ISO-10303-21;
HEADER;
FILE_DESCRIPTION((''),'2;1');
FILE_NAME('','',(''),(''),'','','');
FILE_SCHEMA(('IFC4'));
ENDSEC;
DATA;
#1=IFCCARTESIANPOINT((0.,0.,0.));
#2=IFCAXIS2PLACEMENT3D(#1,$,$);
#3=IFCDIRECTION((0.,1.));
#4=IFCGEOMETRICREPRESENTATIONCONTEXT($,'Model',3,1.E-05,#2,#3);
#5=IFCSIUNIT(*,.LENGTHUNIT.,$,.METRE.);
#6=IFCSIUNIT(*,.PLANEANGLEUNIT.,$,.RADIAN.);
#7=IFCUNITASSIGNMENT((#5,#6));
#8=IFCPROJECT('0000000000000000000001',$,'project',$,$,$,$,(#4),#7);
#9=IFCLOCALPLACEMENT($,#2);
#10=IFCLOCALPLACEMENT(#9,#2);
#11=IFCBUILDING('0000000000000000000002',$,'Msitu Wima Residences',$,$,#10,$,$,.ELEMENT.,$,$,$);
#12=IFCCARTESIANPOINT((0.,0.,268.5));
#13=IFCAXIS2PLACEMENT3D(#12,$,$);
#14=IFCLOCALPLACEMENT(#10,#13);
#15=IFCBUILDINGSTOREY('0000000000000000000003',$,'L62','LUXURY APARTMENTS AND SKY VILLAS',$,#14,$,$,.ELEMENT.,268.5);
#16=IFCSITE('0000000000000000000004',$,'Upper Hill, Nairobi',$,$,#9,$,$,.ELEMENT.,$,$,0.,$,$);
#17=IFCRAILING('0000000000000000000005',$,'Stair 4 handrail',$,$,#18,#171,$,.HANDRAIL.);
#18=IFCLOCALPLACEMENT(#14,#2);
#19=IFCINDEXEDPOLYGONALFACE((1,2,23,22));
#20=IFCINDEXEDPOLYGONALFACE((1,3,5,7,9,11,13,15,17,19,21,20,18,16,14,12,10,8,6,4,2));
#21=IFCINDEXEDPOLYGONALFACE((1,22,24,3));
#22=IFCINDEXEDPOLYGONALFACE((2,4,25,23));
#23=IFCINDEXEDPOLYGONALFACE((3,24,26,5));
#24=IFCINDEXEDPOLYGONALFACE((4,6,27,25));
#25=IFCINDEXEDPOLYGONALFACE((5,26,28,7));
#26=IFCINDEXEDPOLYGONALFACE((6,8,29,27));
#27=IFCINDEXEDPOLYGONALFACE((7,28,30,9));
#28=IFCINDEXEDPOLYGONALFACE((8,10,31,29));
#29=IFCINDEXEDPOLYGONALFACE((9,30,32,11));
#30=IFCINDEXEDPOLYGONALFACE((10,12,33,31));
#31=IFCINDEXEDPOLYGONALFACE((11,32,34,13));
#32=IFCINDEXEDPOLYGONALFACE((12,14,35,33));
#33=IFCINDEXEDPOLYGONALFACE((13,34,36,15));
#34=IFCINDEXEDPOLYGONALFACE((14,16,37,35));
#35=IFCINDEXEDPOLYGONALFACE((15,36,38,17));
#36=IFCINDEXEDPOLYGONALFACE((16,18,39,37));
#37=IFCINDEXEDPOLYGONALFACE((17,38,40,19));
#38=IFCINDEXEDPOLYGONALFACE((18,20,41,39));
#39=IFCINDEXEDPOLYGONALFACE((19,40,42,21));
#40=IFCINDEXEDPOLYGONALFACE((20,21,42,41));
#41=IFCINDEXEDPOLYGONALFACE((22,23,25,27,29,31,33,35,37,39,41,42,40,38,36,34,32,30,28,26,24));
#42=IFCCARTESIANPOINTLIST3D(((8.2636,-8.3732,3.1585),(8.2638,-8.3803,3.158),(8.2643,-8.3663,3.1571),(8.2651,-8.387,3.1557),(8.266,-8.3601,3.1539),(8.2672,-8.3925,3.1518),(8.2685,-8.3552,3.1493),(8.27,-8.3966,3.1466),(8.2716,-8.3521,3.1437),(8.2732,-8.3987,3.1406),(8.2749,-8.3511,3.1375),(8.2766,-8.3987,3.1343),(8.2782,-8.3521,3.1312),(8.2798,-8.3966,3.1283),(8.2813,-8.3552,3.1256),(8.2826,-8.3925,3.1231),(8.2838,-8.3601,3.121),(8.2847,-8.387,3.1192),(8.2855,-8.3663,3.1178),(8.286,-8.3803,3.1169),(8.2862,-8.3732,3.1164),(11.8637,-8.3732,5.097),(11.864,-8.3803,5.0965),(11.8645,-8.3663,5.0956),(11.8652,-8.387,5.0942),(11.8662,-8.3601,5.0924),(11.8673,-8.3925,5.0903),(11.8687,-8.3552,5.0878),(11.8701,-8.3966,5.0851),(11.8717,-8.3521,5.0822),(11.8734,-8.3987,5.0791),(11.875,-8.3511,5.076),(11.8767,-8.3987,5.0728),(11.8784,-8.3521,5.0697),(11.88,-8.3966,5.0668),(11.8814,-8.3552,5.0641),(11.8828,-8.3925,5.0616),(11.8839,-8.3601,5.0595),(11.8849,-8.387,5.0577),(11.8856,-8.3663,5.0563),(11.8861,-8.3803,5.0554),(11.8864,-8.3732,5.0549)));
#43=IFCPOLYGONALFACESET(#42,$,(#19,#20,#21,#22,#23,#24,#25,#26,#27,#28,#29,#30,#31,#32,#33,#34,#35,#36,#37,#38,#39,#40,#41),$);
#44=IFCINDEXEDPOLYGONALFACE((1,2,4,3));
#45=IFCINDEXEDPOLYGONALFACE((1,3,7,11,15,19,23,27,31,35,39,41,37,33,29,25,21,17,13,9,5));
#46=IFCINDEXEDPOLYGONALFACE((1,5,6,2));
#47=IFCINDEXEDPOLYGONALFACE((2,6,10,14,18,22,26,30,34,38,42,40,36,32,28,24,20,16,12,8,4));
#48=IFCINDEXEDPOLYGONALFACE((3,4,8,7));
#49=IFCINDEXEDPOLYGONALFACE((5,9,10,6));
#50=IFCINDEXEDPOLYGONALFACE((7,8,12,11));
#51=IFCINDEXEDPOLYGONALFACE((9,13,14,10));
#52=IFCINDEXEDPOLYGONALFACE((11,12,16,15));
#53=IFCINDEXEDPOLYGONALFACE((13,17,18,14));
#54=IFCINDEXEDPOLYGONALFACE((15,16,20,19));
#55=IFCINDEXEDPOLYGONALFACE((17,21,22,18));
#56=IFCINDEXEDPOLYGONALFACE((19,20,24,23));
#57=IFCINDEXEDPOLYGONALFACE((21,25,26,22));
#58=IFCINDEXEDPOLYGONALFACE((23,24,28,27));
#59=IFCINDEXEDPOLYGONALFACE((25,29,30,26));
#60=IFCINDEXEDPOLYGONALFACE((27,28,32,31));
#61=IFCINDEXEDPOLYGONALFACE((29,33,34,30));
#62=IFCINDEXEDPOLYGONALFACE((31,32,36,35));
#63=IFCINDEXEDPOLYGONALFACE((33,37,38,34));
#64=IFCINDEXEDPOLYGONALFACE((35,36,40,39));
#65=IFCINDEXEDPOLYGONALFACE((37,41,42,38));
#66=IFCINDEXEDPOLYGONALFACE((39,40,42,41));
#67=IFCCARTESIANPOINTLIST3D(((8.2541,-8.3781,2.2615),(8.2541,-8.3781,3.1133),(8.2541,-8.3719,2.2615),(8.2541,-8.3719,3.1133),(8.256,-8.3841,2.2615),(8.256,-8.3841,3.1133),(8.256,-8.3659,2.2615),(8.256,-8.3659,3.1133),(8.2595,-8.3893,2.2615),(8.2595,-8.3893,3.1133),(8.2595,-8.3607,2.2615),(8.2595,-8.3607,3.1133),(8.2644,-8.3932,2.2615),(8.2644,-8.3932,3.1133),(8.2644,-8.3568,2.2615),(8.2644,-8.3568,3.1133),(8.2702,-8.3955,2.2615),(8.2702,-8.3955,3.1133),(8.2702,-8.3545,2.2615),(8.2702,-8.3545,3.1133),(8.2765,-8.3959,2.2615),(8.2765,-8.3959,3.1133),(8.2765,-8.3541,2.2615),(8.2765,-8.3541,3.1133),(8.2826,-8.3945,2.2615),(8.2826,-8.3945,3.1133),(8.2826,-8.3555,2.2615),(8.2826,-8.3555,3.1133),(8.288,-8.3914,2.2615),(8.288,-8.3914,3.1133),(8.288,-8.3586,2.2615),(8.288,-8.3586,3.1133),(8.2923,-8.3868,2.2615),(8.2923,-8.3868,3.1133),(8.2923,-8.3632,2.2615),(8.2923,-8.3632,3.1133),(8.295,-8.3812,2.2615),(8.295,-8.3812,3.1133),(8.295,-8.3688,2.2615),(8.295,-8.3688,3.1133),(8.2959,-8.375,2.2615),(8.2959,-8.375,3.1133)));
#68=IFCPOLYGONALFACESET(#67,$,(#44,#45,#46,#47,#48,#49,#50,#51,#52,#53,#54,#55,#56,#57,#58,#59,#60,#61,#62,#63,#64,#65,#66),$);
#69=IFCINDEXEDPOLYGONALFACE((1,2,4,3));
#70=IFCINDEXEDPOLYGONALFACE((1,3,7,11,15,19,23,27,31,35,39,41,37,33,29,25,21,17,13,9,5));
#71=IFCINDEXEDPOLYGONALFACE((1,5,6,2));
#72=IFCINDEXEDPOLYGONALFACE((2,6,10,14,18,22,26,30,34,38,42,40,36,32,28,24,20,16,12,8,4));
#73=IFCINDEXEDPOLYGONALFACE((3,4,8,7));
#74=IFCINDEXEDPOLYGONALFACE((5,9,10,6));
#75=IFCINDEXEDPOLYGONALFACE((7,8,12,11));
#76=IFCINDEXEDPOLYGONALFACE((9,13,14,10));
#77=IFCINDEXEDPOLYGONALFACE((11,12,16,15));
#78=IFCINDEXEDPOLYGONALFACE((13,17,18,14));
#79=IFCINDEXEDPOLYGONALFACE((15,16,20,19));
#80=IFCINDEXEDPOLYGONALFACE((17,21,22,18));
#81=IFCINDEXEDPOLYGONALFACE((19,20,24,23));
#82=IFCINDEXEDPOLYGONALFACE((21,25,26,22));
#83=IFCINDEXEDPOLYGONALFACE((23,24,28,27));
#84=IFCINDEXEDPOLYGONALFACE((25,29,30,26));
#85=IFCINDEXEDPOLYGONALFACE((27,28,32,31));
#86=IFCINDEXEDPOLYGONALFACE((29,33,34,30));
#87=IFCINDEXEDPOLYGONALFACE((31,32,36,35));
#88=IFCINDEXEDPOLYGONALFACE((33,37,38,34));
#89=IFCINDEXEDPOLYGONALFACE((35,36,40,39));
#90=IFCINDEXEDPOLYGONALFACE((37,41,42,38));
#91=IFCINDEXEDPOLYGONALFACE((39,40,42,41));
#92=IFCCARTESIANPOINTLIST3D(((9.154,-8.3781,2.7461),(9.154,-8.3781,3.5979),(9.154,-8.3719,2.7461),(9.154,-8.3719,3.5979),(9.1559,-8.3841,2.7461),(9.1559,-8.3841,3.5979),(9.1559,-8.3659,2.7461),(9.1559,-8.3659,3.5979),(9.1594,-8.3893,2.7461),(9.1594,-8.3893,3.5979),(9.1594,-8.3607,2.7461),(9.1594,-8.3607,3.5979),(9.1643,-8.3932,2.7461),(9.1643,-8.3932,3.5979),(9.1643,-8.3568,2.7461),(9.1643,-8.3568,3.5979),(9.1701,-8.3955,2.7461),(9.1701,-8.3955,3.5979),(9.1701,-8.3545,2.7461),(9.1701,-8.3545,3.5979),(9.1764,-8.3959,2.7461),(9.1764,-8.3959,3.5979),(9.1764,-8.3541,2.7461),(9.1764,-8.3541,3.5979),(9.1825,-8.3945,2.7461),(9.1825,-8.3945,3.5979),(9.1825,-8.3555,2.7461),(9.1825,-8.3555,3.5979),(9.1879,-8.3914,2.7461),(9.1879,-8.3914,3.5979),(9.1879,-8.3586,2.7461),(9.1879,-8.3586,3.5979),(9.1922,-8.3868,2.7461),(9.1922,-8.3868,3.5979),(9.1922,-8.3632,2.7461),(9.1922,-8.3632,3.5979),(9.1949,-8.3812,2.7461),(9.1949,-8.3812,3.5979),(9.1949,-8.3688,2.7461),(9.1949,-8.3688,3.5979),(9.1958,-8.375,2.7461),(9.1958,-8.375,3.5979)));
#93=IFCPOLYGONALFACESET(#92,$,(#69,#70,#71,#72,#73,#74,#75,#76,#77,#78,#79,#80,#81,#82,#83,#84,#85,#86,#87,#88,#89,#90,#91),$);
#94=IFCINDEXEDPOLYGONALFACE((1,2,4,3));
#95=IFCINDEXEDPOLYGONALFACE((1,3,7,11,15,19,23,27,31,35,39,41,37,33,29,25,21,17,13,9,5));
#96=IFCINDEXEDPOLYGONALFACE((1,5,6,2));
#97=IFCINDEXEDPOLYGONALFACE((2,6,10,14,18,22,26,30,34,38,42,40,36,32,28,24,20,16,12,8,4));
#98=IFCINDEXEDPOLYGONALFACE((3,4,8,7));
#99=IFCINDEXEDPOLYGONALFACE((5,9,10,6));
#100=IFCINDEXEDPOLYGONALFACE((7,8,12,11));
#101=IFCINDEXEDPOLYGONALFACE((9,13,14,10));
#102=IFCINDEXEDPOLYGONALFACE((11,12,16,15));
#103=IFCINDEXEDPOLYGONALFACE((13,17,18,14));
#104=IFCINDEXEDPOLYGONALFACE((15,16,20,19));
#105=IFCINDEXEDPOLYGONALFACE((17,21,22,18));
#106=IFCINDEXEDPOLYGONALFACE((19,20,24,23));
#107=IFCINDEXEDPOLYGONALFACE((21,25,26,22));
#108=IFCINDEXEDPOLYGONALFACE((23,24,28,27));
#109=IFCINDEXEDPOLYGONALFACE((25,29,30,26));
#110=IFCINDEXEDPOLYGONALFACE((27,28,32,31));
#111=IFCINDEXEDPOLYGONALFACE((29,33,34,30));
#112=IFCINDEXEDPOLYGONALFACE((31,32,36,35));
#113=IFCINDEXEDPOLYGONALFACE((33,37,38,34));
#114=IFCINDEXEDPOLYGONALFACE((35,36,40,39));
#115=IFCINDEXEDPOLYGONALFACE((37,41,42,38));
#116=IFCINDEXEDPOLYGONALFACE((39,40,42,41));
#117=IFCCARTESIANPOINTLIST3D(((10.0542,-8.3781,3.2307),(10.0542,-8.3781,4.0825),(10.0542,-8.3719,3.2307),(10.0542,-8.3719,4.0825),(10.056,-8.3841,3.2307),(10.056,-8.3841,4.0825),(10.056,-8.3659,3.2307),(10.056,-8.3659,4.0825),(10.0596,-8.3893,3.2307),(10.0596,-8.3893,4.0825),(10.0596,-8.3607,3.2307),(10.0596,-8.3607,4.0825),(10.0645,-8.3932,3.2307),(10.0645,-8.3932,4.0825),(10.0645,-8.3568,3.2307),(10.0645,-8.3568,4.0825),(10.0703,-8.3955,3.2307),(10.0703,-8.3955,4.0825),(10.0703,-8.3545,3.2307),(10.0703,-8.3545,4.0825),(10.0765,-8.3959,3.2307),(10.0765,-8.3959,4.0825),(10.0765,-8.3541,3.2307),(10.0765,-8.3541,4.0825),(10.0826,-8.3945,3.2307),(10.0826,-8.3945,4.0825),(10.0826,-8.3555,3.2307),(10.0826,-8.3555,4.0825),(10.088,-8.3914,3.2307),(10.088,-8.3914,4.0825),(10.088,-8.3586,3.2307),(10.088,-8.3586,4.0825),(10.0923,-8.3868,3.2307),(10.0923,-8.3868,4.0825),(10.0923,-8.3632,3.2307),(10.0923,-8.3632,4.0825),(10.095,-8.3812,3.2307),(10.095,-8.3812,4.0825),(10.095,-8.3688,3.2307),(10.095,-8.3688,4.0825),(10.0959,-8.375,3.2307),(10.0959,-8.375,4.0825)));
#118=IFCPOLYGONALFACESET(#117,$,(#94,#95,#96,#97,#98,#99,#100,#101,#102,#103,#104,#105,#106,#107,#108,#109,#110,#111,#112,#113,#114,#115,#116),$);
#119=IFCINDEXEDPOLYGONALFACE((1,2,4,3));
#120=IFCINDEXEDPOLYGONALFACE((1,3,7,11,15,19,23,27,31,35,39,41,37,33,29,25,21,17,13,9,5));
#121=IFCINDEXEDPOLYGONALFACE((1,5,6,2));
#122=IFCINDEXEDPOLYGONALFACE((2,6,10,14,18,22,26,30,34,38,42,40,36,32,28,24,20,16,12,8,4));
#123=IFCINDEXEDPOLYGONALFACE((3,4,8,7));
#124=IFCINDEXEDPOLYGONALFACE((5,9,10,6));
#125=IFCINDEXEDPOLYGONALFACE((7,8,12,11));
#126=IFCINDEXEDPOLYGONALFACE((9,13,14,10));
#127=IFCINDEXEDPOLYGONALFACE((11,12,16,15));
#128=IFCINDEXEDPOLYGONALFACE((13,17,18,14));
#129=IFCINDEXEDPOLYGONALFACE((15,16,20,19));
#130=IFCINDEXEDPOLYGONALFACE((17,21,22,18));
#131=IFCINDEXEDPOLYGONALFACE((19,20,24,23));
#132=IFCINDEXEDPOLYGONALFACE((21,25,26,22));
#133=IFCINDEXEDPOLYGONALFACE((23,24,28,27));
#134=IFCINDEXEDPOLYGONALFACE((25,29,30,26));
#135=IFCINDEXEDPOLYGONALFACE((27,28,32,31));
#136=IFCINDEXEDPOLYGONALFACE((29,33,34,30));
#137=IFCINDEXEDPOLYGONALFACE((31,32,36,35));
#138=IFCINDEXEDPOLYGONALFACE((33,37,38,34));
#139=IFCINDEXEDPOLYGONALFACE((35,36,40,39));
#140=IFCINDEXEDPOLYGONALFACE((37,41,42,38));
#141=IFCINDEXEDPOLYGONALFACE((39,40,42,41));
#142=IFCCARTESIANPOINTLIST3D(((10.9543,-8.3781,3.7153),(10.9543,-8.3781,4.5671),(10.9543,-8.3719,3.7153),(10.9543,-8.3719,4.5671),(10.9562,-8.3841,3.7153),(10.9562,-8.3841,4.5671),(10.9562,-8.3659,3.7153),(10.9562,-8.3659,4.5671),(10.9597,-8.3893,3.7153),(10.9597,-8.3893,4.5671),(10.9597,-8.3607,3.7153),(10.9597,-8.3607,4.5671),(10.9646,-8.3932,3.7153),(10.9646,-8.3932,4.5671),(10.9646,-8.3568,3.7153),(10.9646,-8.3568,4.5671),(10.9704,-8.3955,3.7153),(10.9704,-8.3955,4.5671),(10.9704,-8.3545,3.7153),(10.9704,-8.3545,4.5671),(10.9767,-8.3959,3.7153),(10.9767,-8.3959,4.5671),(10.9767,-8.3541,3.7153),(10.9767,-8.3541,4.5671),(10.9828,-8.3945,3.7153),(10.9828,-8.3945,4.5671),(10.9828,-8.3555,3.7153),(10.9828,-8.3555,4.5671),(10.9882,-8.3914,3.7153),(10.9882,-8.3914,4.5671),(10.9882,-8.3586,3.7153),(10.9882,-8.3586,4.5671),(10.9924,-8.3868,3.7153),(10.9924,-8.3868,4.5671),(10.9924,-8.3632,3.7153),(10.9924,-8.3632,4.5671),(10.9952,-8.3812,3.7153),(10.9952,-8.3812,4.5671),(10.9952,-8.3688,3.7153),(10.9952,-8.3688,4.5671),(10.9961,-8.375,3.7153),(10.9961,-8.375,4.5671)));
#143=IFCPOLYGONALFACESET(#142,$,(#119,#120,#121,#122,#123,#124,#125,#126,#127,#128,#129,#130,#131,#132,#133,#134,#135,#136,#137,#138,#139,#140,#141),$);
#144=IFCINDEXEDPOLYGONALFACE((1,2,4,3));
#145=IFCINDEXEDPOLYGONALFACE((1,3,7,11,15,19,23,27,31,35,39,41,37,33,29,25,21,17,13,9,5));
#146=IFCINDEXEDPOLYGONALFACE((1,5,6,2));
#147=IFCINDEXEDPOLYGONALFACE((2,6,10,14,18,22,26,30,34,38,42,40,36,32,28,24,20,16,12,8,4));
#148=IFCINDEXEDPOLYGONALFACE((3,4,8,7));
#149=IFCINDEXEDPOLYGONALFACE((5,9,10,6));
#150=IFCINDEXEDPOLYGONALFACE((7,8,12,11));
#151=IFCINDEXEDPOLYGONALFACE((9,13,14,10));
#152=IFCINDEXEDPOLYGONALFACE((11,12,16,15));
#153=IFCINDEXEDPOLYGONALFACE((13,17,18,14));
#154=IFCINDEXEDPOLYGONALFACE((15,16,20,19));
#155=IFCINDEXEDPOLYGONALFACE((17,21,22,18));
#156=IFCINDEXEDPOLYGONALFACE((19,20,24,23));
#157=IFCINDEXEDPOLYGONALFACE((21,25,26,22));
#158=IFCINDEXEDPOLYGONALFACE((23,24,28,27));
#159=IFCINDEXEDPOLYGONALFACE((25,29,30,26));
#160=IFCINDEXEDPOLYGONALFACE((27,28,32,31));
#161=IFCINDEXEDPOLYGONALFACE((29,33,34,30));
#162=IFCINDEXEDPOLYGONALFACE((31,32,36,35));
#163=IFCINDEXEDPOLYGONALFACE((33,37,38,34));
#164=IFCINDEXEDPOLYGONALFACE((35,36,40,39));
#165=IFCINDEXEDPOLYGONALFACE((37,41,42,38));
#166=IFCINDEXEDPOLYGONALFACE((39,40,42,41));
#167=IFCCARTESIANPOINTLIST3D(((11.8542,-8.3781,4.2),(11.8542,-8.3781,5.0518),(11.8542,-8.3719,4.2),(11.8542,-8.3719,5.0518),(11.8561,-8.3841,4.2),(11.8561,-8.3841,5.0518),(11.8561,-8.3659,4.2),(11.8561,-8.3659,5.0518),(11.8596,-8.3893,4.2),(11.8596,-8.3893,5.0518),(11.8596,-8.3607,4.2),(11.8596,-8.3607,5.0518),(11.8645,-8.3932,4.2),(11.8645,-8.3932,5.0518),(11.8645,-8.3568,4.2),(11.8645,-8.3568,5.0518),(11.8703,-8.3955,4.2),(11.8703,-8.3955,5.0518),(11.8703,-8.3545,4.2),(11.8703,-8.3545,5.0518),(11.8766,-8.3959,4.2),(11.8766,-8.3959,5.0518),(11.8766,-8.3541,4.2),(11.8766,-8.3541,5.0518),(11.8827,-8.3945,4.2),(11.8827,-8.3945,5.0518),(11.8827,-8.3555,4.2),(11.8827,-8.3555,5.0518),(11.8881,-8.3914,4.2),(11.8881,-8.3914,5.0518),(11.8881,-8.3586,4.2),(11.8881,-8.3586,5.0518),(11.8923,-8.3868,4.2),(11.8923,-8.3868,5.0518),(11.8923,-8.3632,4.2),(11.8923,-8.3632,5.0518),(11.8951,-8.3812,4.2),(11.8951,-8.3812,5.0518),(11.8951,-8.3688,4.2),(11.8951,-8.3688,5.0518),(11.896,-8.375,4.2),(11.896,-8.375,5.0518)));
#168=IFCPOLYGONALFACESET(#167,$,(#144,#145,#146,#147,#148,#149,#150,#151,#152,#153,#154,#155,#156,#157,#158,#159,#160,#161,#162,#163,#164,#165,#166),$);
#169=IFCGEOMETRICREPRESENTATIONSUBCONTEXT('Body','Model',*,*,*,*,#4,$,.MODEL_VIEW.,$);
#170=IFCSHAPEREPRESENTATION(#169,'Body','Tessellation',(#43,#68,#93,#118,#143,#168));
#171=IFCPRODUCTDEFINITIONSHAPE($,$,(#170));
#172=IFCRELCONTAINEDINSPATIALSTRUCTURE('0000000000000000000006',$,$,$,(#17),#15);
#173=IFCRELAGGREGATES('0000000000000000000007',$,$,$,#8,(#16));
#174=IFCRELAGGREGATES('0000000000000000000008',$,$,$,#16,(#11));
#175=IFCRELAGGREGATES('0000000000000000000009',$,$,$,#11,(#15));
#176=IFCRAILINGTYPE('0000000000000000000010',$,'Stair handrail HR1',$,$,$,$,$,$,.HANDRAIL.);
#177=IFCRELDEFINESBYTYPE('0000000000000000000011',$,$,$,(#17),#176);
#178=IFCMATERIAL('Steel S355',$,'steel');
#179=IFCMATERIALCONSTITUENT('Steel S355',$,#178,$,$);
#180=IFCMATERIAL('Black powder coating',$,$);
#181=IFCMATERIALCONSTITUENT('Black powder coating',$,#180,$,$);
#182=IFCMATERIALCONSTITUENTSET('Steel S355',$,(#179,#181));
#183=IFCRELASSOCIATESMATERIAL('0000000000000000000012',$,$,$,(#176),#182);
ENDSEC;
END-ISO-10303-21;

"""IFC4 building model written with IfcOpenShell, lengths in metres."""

from ifc_helpers import new_model, si_unit, direction, frame, origin, origin_2d, place, context, subcontext, project, spatial, circle, extrude, material, constituent, constituent_set, type_object, element, save


model = new_model("IFC4")

# Units and contexts
model_context = context("Model", 3, precision=1e-05, world=origin(), true_north=direction((0.0, 1.0)))
body_context = subcontext(model_context, "Body", "Model", "MODEL_VIEW")
ifc_project = project(units=[si_unit("LENGTHUNIT", "METRE"), si_unit("PLANEANGLEUNIT", "RADIAN")], contexts=[model_context])

# Site, building, storey
site_placement = place(None, origin())
site = spatial("IfcSite", under=ifc_project, at=site_placement, Name="Upper Hill, Nairobi", CompositionType="ELEMENT", RefElevation=0.0)
building_placement = place(site_placement, origin())
building = spatial("IfcBuilding", under=site, at=building_placement, Name="Msitu Wima Residences", CompositionType="ELEMENT")
storey_placement = place(building_placement, frame((0.0, 0.0, 268.5)))
storey = spatial("IfcBuildingStorey", under=building, at=storey_placement, Name="L62", Description="LUXURY APARTMENTS AND SKY VILLAS", CompositionType="ELEMENT", Elevation=268.5)

# Railing
ifc_material_1 = material(Name="Steel S355", Category="steel")
ifc_constituent_1 = constituent(ifc_material_1, Name="Steel S355")
ifc_material_2 = material(Name="Black powder coating")
ifc_constituent_2 = constituent(ifc_material_2, Name="Black powder coating")
ifc_constituent_set = constituent_set(constituents=[ifc_constituent_1, ifc_constituent_2], Name="Steel S355")
railing_type = type_object("IfcRailingType", Name="Stair handrail HR1", PredefinedType="HANDRAIL", material=ifc_constituent_set)
for number, where, name in (
    (1, (8.2749, -8.375, 2.2615), "Stair 4 handrail"),
):
    element("IfcRailing", number, at=place(storey_placement, frame(where)), inside=storey, type_object=railing_type, Name=name, PredefinedType="HANDRAIL", context=body_context, shape_type="SweptSolid", body=[
        extrude(circle(Radius=0.0239, at=origin_2d()), frame((0.0, 0.0, 0.876), z_axis=(0.880475, 0.0, 0.474093), x_axis=(0.0, 1.0, 0.0)), (0.0, 0.0, 1.0), 4.0889),
        extrude(circle(Radius=0.021, at=origin_2d()), origin(), (0.0, 0.0, 1.0), 0.8518),
        extrude(circle(Radius=0.021, at=origin_2d()), frame((0.8999, 0.0, 0.4846)), (0.0, 0.0, 1.0), 0.8518),
        extrude(circle(Radius=0.021, at=origin_2d()), frame((1.8, 0.0, 0.9692)), (0.0, 0.0, 1.0), 0.8518),
        extrude(circle(Radius=0.021, at=origin_2d()), frame((2.7002, 0.0, 1.4539)), (0.0, 0.0, 1.0), 0.8518),
        extrude(circle(Radius=0.021, at=origin_2d()), frame((3.6001, 0.0, 1.9385)), (0.0, 0.0, 1.0), 0.8518),
    ])

save(model, "model.ifc")
